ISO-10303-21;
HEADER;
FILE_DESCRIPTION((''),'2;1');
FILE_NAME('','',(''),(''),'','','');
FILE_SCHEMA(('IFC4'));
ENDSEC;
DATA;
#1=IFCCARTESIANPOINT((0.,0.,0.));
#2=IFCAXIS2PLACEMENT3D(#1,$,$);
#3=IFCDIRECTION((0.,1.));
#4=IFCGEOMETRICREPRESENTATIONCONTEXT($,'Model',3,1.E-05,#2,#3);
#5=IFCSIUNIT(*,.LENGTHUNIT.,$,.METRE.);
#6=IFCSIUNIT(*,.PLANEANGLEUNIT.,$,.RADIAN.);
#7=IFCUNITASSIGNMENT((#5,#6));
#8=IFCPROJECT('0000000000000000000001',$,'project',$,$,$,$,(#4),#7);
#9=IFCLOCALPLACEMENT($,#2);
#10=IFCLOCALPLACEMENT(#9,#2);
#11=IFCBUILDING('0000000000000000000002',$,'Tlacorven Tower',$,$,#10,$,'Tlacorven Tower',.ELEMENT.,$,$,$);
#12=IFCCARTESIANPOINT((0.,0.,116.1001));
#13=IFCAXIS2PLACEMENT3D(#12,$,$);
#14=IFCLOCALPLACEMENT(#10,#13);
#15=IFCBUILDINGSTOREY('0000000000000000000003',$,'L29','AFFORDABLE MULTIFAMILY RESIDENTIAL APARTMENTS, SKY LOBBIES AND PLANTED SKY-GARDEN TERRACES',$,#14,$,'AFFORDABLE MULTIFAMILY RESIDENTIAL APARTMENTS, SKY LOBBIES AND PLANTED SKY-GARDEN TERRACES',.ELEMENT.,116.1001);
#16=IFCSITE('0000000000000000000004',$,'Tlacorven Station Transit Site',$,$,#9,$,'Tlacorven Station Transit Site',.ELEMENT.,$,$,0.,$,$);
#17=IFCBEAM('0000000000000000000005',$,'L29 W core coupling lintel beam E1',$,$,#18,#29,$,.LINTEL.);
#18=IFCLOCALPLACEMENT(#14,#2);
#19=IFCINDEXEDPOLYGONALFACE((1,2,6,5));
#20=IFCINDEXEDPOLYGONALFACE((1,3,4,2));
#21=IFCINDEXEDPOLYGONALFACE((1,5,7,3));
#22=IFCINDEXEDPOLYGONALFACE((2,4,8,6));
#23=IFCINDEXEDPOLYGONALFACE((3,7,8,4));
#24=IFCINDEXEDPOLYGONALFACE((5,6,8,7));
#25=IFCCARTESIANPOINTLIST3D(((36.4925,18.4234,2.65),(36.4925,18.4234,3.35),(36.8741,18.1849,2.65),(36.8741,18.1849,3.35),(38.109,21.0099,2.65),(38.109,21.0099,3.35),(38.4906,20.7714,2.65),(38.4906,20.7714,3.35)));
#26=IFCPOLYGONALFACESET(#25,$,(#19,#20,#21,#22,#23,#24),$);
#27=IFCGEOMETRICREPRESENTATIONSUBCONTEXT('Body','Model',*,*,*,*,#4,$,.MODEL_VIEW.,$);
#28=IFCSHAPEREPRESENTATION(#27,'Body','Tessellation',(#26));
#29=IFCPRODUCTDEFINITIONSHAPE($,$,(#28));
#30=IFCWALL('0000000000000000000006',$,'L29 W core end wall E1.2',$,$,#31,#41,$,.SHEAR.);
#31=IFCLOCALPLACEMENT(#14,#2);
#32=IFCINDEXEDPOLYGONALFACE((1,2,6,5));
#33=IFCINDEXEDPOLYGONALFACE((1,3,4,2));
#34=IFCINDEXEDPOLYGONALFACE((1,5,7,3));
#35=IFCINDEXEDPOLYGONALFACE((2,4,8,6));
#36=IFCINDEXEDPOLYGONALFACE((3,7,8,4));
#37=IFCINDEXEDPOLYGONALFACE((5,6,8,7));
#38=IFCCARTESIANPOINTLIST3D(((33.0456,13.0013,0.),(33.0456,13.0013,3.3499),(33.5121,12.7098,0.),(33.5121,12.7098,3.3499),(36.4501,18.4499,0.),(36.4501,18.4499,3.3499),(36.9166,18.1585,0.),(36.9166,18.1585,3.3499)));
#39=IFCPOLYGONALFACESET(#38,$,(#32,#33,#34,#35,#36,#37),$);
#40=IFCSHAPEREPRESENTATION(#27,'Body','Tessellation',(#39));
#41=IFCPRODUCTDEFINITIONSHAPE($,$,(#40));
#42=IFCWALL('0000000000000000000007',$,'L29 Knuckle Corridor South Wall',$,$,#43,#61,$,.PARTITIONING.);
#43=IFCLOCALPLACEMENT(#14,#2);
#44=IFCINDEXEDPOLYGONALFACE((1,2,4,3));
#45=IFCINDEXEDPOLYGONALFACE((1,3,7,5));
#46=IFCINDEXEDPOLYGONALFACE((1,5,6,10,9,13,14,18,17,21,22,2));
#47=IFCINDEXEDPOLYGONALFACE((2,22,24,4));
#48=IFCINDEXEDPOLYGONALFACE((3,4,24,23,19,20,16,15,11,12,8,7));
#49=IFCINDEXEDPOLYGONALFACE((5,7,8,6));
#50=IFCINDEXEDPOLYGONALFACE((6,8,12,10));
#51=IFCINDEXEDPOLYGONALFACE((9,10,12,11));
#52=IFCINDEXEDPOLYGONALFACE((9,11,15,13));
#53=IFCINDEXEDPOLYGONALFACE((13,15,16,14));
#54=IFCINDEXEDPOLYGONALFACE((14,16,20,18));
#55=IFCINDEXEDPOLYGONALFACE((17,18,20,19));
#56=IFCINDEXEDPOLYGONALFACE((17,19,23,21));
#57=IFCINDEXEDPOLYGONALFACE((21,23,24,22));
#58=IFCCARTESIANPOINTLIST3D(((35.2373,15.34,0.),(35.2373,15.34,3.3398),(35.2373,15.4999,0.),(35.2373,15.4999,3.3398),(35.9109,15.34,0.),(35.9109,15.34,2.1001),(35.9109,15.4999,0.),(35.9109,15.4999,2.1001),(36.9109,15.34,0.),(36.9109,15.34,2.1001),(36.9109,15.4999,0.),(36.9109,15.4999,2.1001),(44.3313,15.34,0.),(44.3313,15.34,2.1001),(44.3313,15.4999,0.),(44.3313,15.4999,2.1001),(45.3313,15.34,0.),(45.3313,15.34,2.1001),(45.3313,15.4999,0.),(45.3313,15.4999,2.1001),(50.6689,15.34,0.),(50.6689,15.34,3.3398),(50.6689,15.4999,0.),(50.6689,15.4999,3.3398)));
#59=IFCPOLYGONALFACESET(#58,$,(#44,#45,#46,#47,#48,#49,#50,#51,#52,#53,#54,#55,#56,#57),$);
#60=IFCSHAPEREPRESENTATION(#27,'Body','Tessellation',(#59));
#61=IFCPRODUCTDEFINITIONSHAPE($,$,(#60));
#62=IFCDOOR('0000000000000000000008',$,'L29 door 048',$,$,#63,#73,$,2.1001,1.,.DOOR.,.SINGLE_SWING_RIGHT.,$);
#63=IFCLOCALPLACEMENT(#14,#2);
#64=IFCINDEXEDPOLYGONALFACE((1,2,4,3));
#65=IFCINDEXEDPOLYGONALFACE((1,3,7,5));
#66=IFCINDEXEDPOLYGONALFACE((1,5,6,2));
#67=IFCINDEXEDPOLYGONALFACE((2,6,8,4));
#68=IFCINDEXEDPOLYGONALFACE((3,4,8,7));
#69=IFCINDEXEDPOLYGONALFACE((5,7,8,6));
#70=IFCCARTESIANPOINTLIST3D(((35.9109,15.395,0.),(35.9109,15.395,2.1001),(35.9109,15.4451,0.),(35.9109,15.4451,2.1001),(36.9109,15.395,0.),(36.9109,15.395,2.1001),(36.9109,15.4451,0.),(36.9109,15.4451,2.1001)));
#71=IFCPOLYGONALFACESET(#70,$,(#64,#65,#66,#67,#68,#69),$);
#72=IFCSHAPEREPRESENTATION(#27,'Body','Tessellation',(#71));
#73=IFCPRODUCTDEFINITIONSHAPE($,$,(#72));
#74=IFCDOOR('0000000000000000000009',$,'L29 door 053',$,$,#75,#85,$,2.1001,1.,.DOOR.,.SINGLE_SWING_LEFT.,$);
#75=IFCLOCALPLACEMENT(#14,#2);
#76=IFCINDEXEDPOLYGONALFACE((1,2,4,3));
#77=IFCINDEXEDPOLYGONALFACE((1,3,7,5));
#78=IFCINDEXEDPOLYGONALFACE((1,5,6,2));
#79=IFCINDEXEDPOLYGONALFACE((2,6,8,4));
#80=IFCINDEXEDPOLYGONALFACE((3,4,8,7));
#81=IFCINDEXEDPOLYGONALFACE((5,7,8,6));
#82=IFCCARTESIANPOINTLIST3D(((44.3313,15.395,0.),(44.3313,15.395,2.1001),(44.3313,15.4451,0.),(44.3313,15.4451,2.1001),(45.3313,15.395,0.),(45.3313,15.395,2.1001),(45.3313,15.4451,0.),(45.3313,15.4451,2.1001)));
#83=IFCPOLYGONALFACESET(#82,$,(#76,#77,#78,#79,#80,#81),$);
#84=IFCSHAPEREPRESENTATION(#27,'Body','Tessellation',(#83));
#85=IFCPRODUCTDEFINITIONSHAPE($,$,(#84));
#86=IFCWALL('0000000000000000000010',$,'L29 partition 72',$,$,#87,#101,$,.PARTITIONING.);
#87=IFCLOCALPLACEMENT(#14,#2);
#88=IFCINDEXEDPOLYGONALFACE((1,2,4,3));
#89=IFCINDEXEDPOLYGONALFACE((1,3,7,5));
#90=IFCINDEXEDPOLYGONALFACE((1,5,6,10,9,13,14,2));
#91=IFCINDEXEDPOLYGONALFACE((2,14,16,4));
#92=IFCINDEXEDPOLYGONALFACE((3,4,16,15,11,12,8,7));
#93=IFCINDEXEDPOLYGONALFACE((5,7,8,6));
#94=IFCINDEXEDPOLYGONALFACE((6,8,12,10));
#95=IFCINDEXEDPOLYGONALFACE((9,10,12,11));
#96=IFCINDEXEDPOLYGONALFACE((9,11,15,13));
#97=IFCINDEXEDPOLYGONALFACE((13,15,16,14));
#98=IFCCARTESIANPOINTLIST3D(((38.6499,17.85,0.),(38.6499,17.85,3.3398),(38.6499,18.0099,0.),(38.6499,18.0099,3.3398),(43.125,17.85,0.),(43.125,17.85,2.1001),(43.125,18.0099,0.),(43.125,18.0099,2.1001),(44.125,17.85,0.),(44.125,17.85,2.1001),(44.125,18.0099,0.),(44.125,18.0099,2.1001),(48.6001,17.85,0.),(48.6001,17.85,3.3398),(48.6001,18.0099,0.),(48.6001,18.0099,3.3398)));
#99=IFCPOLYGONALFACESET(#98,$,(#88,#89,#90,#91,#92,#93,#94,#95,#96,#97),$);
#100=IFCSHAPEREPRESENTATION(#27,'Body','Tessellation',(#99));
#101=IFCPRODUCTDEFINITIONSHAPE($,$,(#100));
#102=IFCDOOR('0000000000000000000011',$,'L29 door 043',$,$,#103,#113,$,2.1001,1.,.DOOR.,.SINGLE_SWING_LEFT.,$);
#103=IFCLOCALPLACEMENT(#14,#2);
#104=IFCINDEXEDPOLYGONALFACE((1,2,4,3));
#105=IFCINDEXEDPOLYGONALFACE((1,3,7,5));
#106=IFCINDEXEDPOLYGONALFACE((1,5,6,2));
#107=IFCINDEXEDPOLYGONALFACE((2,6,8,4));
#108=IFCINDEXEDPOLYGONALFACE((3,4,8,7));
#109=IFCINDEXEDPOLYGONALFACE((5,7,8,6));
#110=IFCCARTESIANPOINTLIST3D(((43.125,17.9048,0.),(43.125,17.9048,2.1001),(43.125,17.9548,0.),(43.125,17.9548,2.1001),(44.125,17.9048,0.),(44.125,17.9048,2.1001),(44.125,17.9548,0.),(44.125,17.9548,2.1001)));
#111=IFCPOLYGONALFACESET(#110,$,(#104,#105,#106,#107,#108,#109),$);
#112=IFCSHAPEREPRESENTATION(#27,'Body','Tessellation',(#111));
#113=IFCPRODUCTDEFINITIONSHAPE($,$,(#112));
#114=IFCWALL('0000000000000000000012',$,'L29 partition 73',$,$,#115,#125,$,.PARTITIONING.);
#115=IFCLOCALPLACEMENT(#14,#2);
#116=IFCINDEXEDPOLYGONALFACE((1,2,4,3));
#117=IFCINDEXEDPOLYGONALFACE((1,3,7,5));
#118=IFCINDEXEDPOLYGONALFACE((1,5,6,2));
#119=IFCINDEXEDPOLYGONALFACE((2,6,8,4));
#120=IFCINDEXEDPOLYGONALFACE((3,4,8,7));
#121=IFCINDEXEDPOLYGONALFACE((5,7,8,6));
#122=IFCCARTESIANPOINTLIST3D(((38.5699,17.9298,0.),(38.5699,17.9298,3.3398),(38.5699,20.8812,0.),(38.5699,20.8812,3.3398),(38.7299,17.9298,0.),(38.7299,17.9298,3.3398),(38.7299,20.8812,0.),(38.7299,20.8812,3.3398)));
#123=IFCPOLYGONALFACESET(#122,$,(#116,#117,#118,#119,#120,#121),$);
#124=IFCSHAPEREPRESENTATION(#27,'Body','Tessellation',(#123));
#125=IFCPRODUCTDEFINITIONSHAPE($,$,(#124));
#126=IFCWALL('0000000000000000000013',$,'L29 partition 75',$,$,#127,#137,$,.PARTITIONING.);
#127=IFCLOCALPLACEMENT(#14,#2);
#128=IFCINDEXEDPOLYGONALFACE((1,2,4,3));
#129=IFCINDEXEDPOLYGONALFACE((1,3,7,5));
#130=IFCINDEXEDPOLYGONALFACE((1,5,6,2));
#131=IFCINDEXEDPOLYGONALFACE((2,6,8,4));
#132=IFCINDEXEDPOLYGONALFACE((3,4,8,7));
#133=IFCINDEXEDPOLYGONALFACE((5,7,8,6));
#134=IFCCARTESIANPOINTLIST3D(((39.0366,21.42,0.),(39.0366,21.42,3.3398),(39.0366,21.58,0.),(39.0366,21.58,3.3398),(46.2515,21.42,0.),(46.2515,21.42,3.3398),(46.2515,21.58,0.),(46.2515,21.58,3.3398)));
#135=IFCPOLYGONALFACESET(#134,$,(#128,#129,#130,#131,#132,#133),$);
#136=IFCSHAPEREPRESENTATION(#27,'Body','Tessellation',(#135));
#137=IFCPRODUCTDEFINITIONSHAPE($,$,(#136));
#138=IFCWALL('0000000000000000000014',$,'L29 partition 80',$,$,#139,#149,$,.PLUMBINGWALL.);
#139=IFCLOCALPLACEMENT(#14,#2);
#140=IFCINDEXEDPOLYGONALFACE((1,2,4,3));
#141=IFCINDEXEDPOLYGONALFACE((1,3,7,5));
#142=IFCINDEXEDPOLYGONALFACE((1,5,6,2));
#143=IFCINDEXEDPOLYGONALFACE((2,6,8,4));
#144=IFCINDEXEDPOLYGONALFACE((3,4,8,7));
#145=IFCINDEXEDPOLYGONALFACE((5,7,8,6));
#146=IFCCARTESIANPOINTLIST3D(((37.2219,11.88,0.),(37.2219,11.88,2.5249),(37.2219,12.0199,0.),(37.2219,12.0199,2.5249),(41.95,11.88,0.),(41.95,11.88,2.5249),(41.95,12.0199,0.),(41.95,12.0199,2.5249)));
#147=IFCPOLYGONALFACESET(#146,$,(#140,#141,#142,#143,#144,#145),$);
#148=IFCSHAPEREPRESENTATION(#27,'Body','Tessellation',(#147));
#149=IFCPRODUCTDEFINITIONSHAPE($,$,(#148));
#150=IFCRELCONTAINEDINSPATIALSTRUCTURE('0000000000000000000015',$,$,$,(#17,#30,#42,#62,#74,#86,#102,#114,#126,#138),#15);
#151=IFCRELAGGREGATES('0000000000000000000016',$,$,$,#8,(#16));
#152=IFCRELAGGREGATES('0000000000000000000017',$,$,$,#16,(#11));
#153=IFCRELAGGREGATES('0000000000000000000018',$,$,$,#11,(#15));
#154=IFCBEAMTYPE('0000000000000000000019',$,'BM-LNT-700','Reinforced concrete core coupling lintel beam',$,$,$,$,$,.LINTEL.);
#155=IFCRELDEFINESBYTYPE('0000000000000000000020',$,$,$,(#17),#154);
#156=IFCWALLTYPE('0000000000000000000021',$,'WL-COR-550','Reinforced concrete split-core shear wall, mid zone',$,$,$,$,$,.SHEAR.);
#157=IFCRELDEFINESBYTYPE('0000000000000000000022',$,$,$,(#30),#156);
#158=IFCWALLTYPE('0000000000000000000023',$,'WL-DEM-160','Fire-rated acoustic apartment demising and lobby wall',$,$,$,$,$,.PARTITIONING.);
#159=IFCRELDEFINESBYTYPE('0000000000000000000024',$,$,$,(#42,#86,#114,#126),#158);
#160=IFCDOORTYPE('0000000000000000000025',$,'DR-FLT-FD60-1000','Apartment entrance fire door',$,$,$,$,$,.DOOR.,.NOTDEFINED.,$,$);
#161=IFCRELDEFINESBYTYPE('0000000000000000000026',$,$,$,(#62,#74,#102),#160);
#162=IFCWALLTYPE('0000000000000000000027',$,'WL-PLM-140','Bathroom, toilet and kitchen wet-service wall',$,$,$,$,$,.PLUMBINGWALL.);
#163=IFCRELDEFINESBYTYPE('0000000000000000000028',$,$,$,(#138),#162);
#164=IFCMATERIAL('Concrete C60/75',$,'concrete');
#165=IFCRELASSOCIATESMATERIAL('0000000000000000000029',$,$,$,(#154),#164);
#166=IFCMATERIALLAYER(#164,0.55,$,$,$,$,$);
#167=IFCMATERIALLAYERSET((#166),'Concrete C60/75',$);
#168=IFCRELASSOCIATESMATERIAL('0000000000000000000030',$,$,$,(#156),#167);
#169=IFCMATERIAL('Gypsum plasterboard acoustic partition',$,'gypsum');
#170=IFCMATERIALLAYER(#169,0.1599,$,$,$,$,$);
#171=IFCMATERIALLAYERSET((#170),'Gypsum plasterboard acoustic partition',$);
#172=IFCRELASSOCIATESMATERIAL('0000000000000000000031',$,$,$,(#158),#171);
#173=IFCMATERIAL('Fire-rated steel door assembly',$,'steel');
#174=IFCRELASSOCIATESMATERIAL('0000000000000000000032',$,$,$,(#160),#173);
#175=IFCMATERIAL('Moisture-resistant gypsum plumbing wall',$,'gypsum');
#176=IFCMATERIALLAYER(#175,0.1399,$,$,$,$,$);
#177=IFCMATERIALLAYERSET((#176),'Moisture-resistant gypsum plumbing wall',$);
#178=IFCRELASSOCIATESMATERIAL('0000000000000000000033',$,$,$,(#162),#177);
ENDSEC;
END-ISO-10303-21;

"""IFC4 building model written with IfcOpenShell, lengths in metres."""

from ifc_helpers import new_model, si_unit, direction, frame, frame_2d, origin, origin_2d, place, context, subcontext, project, spatial, rectangle, extrude, source, transform, mapped, material, layer, layer_set, material_profile, profile_set, type_object, element, fill, save


model = new_model("IFC4")

# Units and contexts
model_context = context("Model", 3, precision=1e-05, world=origin(), true_north=direction((0.0, 1.0)))
body_context = subcontext(model_context, "Body", "Model", "MODEL_VIEW")
ifc_project = project(units=[si_unit("LENGTHUNIT", "METRE"), si_unit("PLANEANGLEUNIT", "RADIAN")], contexts=[model_context])

# Site, building, storey
site_placement = place(None, origin())
site = spatial("IfcSite", under=ifc_project, at=site_placement, Name="Tlacorven Station Transit Site", LongName="Tlacorven Station Transit Site", CompositionType="ELEMENT", RefElevation=0.0)
building_placement = place(site_placement, origin())
building = spatial("IfcBuilding", under=site, at=building_placement, Name="Tlacorven Tower", LongName="Tlacorven Tower", CompositionType="ELEMENT")
storey_placement = place(building_placement, frame((0.0, 0.0, 116.1001)))
storey = spatial("IfcBuildingStorey", under=building, at=storey_placement, Name="L29", Description="AFFORDABLE MULTIFAMILY RESIDENTIAL APARTMENTS, SKY LOBBIES AND PLANTED SKY-GARDEN TERRACES", LongName="AFFORDABLE MULTIFAMILY RESIDENTIAL APARTMENTS, SKY LOBBIES AND PLANTED SKY-GARDEN TERRACES", CompositionType="ELEMENT", Elevation=116.1001)

# Beam
ifc_material_1 = material(Name="Concrete C60/75", Category="concrete")
ifc_material_profile = material_profile(ifc_material_1, rectangle(XDim=0.45, YDim=0.7, at=origin_2d()), Name="RC 450X700")
ifc_profile_set = profile_set([ifc_material_profile], Name="Concrete C60/75")
beam_type = type_object("IfcBeamType", Name="BM-LNT-700", Description="Reinforced concrete core coupling lintel beam", PredefinedType="LINTEL", material=ifc_profile_set)
shared_shape_1 = source(origin(), body_context, "Body", "SweptSolid", [
    extrude(rectangle(XDim=0.45, YDim=0.7, at=origin_2d()), origin(), (0.0, 0.0, 1.0), 3.05),
])
beam_placement = place(storey_placement, frame((38.2998, 20.8906, 3.0), z_axis=(-0.529985, -0.848007, 0.0), x_axis=(0.848007, -0.529985, 0.0)))
element("IfcBeam", 1, at=beam_placement, inside=storey, type_object=beam_type, Name="L29 W core coupling lintel beam E1", PredefinedType="LINTEL", context=body_context, shape_type="MappedRepresentation", body=[
    mapped(shared_shape_1, transform((0.0, 0.0, 0.0), scale=1.0)),
])

# Wall
ifc_layer_1 = layer(ifc_material_1, 0.55)
ifc_layer_set_1 = layer_set([ifc_layer_1], Name="Concrete C60/75")
wall_type_1 = type_object("IfcWallType", Name="WL-COR-550", Description="Reinforced concrete split-core shear wall, mid zone", PredefinedType="SHEAR", material=ifc_layer_set_1)
wall_1_placement = place(storey_placement, frame((36.6833, 18.3042, 0.0), z_axis=(0.0, 0.0, 1.0), x_axis=(-0.529896, -0.848062, 0.0)))
element("IfcWall", 2, at=wall_1_placement, inside=storey, type_object=wall_type_1, Name="L29 W core end wall E1.2", PredefinedType="SHEAR", context=body_context, shape_type="SweptSolid", body=[
    extrude(rectangle(XDim=6.4248, YDim=0.55, at=frame_2d((3.2124, 0.0))), origin(), (0.0, 0.0, 1.0), 3.3499),
])

# Wall, openings, doors
ifc_material_2 = material(Name="Gypsum plasterboard acoustic partition", Category="gypsum")
ifc_layer_2 = layer(ifc_material_2, 0.1599)
ifc_layer_set_2 = layer_set([ifc_layer_2], Name="Gypsum plasterboard acoustic partition")
wall_type_2 = type_object("IfcWallType", Name="WL-DEM-160", Description="Fire-rated acoustic apartment demising and lobby wall", PredefinedType="PARTITIONING", material=ifc_layer_set_2)
wall_2_placement = place(storey_placement, frame((35.2373, 15.4199, 0.0), z_axis=(0.0, 0.0, 1.0), x_axis=(1.0, 0.0, 0.0)))
wall_2 = element("IfcWall", 3, at=wall_2_placement, inside=storey, type_object=wall_type_2, Name="L29 Knuckle Corridor South Wall", PredefinedType="PARTITIONING", context=body_context, shape_type="SweptSolid", body=[
    extrude(rectangle(XDim=15.4316, YDim=0.1599, at=frame_2d((7.7158, 0.0))), origin(), (0.0, 0.0, 1.0), 3.3398),
])
opening_1_placement = place(wall_2_placement, frame((0.6736, 0.0, 0.0)))
opening_1 = element("IfcOpeningElement", 4, at=opening_1_placement, cuts=wall_2, PredefinedType="OPENING", context=body_context, shape_type="SweptSolid", body=[
    extrude(rectangle(XDim=1.0, YDim=2.1001, at=frame_2d((0.5, 1.05))), frame((0.0, 0.0898, 0.0), z_axis=(0.0, -1.0, 0.0), x_axis=(1.0, 0.0, 0.0)), (0.0, 0.0, 1.0), 0.1799),
])
opening_2_placement = place(wall_2_placement, frame((9.094, 0.0, 0.0)))
opening_2 = element("IfcOpeningElement", 5, at=opening_2_placement, cuts=wall_2, PredefinedType="OPENING", context=body_context, shape_type="SweptSolid", body=[
    extrude(rectangle(XDim=1.0, YDim=2.1001, at=frame_2d((0.5, 1.05))), frame((0.0, 0.0898, 0.0), z_axis=(0.0, -1.0, 0.0), x_axis=(1.0, 0.0, 0.0)), (0.0, 0.0, 1.0), 0.1799),
])
ifc_material_3 = material(Name="Fire-rated steel door assembly", Category="steel")
door_type_1 = type_object("IfcDoorType", Name="DR-FLT-FD60-1000", Description="Apartment entrance fire door", OperationType="NOTDEFINED", PredefinedType="DOOR", material=ifc_material_3)
shared_shape_2 = source(origin(), body_context, "Body", "SweptSolid", [
    extrude(rectangle(XDim=1.0, YDim=2.1001, at=frame_2d((0.5, 1.05))), frame((0.0, 0.0249, 0.0), z_axis=(0.0, -1.0, 0.0), x_axis=(1.0, 0.0, 0.0)), (0.0, 0.0, 1.0), 0.05),
])
door_1_placement = place(opening_1_placement, frame((1.0, 0.0, 0.0), z_axis=(0.0, 0.0, 1.0), x_axis=(-1.0, 0.0, 0.0)))
door_1 = element("IfcDoor", 6, at=door_1_placement, inside=storey, type_object=door_type_1, Name="L29 door 048", OperationType="SINGLE_SWING_RIGHT", OverallHeight=2.1001, OverallWidth=1.0, PredefinedType="DOOR", context=body_context, shape_type="MappedRepresentation", body=[
    mapped(shared_shape_2, transform((0.0, 0.0, 0.0), scale=1.0)),
])
fill(opening_1, door_1)
door_2_placement = place(opening_2_placement, frame((1.0, 0.0, 0.0), z_axis=(0.0, 0.0, 1.0), x_axis=(-1.0, 0.0, 0.0)))
door_2 = element("IfcDoor", 7, at=door_2_placement, inside=storey, type_object=door_type_1, Name="L29 door 053", OperationType="SINGLE_SWING_LEFT", OverallHeight=2.1001, OverallWidth=1.0, PredefinedType="DOOR", context=body_context, shape_type="MappedRepresentation", body=[
    mapped(shared_shape_2, transform((0.0, 0.0, 0.0), scale=1.0)),
])
fill(opening_2, door_2)

# Wall, opening, door
wall_3_placement = place(storey_placement, frame((38.6499, 17.9299, 0.0), z_axis=(0.0, 0.0, 1.0), x_axis=(1.0, 0.0, 0.0)))
wall_3 = element("IfcWall", 8, at=wall_3_placement, inside=storey, type_object=wall_type_2, Name="L29 partition 72", PredefinedType="PARTITIONING", context=body_context, shape_type="SweptSolid", body=[
    extrude(rectangle(XDim=9.9502, YDim=0.1599, at=frame_2d((4.9751, 0.0))), origin(), (0.0, 0.0, 1.0), 3.3398),
])
opening_3_placement = place(wall_3_placement, frame((4.4751, 0.0, 0.0)))
opening_3 = element("IfcOpeningElement", 9, at=opening_3_placement, cuts=wall_3, PredefinedType="OPENING", context=body_context, shape_type="SweptSolid", body=[
    extrude(rectangle(XDim=1.0, YDim=2.1001, at=frame_2d((0.5, 1.05))), frame((0.0, 0.0898, 0.0), z_axis=(0.0, -1.0, 0.0), x_axis=(1.0, 0.0, 0.0)), (0.0, 0.0, 1.0), 0.1799),
])
door_3_placement = place(opening_3_placement, origin())
door_3 = element("IfcDoor", 10, at=door_3_placement, inside=storey, type_object=door_type_1, Name="L29 door 043", OperationType="SINGLE_SWING_LEFT", OverallHeight=2.1001, OverallWidth=1.0, PredefinedType="DOOR", context=body_context, shape_type="MappedRepresentation", body=[
    mapped(shared_shape_2, transform((0.0, 0.0, 0.0), scale=1.0)),
])
fill(opening_3, door_3)

# Walls
wall_4_placement = place(storey_placement, frame((38.6499, 17.9299, 0.0), z_axis=(0.0, 0.0, 1.0), x_axis=(0.0, 1.0, 0.0)))
element("IfcWall", 11, at=wall_4_placement, inside=storey, type_object=wall_type_2, Name="L29 partition 73", PredefinedType="PARTITIONING", context=body_context, shape_type="SweptSolid", body=[
    extrude(rectangle(XDim=2.9514, YDim=0.1599, at=frame_2d((1.4756, 0.0))), origin(), (0.0, 0.0, 1.0), 3.3398),
])
wall_5_placement = place(storey_placement, frame((39.0366, 21.5, 0.0), z_axis=(0.0, 0.0, 1.0), x_axis=(1.0, 0.0, 0.0)))
element("IfcWall", 12, at=wall_5_placement, inside=storey, type_object=wall_type_2, Name="L29 partition 75", PredefinedType="PARTITIONING", context=body_context, shape_type="SweptSolid", body=[
    extrude(rectangle(XDim=7.2148, YDim=0.1599, at=frame_2d((3.6074, 0.0))), origin(), (0.0, 0.0, 1.0), 3.3398),
])
ifc_material_4 = material(Name="Moisture-resistant gypsum plumbing wall", Category="gypsum")
ifc_layer_3 = layer(ifc_material_4, 0.1399)
ifc_layer_set_3 = layer_set([ifc_layer_3], Name="Moisture-resistant gypsum plumbing wall")
wall_type_3 = type_object("IfcWallType", Name="WL-PLM-140", Description="Bathroom, toilet and kitchen wet-service wall", PredefinedType="PLUMBINGWALL", material=ifc_layer_set_3)
wall_6_placement = place(storey_placement, frame((37.2219, 11.95, 0.0), z_axis=(0.0, 0.0, 1.0), x_axis=(1.0, 0.0, 0.0)))
element("IfcWall", 13, at=wall_6_placement, inside=storey, type_object=wall_type_3, Name="L29 partition 80", PredefinedType="PLUMBINGWALL", context=body_context, shape_type="SweptSolid", body=[
    extrude(rectangle(XDim=4.728, YDim=0.1399, at=frame_2d((2.364, 0.0))), origin(), (0.0, 0.0, 1.0), 2.5249),
])

save(model, "model.ifc")
